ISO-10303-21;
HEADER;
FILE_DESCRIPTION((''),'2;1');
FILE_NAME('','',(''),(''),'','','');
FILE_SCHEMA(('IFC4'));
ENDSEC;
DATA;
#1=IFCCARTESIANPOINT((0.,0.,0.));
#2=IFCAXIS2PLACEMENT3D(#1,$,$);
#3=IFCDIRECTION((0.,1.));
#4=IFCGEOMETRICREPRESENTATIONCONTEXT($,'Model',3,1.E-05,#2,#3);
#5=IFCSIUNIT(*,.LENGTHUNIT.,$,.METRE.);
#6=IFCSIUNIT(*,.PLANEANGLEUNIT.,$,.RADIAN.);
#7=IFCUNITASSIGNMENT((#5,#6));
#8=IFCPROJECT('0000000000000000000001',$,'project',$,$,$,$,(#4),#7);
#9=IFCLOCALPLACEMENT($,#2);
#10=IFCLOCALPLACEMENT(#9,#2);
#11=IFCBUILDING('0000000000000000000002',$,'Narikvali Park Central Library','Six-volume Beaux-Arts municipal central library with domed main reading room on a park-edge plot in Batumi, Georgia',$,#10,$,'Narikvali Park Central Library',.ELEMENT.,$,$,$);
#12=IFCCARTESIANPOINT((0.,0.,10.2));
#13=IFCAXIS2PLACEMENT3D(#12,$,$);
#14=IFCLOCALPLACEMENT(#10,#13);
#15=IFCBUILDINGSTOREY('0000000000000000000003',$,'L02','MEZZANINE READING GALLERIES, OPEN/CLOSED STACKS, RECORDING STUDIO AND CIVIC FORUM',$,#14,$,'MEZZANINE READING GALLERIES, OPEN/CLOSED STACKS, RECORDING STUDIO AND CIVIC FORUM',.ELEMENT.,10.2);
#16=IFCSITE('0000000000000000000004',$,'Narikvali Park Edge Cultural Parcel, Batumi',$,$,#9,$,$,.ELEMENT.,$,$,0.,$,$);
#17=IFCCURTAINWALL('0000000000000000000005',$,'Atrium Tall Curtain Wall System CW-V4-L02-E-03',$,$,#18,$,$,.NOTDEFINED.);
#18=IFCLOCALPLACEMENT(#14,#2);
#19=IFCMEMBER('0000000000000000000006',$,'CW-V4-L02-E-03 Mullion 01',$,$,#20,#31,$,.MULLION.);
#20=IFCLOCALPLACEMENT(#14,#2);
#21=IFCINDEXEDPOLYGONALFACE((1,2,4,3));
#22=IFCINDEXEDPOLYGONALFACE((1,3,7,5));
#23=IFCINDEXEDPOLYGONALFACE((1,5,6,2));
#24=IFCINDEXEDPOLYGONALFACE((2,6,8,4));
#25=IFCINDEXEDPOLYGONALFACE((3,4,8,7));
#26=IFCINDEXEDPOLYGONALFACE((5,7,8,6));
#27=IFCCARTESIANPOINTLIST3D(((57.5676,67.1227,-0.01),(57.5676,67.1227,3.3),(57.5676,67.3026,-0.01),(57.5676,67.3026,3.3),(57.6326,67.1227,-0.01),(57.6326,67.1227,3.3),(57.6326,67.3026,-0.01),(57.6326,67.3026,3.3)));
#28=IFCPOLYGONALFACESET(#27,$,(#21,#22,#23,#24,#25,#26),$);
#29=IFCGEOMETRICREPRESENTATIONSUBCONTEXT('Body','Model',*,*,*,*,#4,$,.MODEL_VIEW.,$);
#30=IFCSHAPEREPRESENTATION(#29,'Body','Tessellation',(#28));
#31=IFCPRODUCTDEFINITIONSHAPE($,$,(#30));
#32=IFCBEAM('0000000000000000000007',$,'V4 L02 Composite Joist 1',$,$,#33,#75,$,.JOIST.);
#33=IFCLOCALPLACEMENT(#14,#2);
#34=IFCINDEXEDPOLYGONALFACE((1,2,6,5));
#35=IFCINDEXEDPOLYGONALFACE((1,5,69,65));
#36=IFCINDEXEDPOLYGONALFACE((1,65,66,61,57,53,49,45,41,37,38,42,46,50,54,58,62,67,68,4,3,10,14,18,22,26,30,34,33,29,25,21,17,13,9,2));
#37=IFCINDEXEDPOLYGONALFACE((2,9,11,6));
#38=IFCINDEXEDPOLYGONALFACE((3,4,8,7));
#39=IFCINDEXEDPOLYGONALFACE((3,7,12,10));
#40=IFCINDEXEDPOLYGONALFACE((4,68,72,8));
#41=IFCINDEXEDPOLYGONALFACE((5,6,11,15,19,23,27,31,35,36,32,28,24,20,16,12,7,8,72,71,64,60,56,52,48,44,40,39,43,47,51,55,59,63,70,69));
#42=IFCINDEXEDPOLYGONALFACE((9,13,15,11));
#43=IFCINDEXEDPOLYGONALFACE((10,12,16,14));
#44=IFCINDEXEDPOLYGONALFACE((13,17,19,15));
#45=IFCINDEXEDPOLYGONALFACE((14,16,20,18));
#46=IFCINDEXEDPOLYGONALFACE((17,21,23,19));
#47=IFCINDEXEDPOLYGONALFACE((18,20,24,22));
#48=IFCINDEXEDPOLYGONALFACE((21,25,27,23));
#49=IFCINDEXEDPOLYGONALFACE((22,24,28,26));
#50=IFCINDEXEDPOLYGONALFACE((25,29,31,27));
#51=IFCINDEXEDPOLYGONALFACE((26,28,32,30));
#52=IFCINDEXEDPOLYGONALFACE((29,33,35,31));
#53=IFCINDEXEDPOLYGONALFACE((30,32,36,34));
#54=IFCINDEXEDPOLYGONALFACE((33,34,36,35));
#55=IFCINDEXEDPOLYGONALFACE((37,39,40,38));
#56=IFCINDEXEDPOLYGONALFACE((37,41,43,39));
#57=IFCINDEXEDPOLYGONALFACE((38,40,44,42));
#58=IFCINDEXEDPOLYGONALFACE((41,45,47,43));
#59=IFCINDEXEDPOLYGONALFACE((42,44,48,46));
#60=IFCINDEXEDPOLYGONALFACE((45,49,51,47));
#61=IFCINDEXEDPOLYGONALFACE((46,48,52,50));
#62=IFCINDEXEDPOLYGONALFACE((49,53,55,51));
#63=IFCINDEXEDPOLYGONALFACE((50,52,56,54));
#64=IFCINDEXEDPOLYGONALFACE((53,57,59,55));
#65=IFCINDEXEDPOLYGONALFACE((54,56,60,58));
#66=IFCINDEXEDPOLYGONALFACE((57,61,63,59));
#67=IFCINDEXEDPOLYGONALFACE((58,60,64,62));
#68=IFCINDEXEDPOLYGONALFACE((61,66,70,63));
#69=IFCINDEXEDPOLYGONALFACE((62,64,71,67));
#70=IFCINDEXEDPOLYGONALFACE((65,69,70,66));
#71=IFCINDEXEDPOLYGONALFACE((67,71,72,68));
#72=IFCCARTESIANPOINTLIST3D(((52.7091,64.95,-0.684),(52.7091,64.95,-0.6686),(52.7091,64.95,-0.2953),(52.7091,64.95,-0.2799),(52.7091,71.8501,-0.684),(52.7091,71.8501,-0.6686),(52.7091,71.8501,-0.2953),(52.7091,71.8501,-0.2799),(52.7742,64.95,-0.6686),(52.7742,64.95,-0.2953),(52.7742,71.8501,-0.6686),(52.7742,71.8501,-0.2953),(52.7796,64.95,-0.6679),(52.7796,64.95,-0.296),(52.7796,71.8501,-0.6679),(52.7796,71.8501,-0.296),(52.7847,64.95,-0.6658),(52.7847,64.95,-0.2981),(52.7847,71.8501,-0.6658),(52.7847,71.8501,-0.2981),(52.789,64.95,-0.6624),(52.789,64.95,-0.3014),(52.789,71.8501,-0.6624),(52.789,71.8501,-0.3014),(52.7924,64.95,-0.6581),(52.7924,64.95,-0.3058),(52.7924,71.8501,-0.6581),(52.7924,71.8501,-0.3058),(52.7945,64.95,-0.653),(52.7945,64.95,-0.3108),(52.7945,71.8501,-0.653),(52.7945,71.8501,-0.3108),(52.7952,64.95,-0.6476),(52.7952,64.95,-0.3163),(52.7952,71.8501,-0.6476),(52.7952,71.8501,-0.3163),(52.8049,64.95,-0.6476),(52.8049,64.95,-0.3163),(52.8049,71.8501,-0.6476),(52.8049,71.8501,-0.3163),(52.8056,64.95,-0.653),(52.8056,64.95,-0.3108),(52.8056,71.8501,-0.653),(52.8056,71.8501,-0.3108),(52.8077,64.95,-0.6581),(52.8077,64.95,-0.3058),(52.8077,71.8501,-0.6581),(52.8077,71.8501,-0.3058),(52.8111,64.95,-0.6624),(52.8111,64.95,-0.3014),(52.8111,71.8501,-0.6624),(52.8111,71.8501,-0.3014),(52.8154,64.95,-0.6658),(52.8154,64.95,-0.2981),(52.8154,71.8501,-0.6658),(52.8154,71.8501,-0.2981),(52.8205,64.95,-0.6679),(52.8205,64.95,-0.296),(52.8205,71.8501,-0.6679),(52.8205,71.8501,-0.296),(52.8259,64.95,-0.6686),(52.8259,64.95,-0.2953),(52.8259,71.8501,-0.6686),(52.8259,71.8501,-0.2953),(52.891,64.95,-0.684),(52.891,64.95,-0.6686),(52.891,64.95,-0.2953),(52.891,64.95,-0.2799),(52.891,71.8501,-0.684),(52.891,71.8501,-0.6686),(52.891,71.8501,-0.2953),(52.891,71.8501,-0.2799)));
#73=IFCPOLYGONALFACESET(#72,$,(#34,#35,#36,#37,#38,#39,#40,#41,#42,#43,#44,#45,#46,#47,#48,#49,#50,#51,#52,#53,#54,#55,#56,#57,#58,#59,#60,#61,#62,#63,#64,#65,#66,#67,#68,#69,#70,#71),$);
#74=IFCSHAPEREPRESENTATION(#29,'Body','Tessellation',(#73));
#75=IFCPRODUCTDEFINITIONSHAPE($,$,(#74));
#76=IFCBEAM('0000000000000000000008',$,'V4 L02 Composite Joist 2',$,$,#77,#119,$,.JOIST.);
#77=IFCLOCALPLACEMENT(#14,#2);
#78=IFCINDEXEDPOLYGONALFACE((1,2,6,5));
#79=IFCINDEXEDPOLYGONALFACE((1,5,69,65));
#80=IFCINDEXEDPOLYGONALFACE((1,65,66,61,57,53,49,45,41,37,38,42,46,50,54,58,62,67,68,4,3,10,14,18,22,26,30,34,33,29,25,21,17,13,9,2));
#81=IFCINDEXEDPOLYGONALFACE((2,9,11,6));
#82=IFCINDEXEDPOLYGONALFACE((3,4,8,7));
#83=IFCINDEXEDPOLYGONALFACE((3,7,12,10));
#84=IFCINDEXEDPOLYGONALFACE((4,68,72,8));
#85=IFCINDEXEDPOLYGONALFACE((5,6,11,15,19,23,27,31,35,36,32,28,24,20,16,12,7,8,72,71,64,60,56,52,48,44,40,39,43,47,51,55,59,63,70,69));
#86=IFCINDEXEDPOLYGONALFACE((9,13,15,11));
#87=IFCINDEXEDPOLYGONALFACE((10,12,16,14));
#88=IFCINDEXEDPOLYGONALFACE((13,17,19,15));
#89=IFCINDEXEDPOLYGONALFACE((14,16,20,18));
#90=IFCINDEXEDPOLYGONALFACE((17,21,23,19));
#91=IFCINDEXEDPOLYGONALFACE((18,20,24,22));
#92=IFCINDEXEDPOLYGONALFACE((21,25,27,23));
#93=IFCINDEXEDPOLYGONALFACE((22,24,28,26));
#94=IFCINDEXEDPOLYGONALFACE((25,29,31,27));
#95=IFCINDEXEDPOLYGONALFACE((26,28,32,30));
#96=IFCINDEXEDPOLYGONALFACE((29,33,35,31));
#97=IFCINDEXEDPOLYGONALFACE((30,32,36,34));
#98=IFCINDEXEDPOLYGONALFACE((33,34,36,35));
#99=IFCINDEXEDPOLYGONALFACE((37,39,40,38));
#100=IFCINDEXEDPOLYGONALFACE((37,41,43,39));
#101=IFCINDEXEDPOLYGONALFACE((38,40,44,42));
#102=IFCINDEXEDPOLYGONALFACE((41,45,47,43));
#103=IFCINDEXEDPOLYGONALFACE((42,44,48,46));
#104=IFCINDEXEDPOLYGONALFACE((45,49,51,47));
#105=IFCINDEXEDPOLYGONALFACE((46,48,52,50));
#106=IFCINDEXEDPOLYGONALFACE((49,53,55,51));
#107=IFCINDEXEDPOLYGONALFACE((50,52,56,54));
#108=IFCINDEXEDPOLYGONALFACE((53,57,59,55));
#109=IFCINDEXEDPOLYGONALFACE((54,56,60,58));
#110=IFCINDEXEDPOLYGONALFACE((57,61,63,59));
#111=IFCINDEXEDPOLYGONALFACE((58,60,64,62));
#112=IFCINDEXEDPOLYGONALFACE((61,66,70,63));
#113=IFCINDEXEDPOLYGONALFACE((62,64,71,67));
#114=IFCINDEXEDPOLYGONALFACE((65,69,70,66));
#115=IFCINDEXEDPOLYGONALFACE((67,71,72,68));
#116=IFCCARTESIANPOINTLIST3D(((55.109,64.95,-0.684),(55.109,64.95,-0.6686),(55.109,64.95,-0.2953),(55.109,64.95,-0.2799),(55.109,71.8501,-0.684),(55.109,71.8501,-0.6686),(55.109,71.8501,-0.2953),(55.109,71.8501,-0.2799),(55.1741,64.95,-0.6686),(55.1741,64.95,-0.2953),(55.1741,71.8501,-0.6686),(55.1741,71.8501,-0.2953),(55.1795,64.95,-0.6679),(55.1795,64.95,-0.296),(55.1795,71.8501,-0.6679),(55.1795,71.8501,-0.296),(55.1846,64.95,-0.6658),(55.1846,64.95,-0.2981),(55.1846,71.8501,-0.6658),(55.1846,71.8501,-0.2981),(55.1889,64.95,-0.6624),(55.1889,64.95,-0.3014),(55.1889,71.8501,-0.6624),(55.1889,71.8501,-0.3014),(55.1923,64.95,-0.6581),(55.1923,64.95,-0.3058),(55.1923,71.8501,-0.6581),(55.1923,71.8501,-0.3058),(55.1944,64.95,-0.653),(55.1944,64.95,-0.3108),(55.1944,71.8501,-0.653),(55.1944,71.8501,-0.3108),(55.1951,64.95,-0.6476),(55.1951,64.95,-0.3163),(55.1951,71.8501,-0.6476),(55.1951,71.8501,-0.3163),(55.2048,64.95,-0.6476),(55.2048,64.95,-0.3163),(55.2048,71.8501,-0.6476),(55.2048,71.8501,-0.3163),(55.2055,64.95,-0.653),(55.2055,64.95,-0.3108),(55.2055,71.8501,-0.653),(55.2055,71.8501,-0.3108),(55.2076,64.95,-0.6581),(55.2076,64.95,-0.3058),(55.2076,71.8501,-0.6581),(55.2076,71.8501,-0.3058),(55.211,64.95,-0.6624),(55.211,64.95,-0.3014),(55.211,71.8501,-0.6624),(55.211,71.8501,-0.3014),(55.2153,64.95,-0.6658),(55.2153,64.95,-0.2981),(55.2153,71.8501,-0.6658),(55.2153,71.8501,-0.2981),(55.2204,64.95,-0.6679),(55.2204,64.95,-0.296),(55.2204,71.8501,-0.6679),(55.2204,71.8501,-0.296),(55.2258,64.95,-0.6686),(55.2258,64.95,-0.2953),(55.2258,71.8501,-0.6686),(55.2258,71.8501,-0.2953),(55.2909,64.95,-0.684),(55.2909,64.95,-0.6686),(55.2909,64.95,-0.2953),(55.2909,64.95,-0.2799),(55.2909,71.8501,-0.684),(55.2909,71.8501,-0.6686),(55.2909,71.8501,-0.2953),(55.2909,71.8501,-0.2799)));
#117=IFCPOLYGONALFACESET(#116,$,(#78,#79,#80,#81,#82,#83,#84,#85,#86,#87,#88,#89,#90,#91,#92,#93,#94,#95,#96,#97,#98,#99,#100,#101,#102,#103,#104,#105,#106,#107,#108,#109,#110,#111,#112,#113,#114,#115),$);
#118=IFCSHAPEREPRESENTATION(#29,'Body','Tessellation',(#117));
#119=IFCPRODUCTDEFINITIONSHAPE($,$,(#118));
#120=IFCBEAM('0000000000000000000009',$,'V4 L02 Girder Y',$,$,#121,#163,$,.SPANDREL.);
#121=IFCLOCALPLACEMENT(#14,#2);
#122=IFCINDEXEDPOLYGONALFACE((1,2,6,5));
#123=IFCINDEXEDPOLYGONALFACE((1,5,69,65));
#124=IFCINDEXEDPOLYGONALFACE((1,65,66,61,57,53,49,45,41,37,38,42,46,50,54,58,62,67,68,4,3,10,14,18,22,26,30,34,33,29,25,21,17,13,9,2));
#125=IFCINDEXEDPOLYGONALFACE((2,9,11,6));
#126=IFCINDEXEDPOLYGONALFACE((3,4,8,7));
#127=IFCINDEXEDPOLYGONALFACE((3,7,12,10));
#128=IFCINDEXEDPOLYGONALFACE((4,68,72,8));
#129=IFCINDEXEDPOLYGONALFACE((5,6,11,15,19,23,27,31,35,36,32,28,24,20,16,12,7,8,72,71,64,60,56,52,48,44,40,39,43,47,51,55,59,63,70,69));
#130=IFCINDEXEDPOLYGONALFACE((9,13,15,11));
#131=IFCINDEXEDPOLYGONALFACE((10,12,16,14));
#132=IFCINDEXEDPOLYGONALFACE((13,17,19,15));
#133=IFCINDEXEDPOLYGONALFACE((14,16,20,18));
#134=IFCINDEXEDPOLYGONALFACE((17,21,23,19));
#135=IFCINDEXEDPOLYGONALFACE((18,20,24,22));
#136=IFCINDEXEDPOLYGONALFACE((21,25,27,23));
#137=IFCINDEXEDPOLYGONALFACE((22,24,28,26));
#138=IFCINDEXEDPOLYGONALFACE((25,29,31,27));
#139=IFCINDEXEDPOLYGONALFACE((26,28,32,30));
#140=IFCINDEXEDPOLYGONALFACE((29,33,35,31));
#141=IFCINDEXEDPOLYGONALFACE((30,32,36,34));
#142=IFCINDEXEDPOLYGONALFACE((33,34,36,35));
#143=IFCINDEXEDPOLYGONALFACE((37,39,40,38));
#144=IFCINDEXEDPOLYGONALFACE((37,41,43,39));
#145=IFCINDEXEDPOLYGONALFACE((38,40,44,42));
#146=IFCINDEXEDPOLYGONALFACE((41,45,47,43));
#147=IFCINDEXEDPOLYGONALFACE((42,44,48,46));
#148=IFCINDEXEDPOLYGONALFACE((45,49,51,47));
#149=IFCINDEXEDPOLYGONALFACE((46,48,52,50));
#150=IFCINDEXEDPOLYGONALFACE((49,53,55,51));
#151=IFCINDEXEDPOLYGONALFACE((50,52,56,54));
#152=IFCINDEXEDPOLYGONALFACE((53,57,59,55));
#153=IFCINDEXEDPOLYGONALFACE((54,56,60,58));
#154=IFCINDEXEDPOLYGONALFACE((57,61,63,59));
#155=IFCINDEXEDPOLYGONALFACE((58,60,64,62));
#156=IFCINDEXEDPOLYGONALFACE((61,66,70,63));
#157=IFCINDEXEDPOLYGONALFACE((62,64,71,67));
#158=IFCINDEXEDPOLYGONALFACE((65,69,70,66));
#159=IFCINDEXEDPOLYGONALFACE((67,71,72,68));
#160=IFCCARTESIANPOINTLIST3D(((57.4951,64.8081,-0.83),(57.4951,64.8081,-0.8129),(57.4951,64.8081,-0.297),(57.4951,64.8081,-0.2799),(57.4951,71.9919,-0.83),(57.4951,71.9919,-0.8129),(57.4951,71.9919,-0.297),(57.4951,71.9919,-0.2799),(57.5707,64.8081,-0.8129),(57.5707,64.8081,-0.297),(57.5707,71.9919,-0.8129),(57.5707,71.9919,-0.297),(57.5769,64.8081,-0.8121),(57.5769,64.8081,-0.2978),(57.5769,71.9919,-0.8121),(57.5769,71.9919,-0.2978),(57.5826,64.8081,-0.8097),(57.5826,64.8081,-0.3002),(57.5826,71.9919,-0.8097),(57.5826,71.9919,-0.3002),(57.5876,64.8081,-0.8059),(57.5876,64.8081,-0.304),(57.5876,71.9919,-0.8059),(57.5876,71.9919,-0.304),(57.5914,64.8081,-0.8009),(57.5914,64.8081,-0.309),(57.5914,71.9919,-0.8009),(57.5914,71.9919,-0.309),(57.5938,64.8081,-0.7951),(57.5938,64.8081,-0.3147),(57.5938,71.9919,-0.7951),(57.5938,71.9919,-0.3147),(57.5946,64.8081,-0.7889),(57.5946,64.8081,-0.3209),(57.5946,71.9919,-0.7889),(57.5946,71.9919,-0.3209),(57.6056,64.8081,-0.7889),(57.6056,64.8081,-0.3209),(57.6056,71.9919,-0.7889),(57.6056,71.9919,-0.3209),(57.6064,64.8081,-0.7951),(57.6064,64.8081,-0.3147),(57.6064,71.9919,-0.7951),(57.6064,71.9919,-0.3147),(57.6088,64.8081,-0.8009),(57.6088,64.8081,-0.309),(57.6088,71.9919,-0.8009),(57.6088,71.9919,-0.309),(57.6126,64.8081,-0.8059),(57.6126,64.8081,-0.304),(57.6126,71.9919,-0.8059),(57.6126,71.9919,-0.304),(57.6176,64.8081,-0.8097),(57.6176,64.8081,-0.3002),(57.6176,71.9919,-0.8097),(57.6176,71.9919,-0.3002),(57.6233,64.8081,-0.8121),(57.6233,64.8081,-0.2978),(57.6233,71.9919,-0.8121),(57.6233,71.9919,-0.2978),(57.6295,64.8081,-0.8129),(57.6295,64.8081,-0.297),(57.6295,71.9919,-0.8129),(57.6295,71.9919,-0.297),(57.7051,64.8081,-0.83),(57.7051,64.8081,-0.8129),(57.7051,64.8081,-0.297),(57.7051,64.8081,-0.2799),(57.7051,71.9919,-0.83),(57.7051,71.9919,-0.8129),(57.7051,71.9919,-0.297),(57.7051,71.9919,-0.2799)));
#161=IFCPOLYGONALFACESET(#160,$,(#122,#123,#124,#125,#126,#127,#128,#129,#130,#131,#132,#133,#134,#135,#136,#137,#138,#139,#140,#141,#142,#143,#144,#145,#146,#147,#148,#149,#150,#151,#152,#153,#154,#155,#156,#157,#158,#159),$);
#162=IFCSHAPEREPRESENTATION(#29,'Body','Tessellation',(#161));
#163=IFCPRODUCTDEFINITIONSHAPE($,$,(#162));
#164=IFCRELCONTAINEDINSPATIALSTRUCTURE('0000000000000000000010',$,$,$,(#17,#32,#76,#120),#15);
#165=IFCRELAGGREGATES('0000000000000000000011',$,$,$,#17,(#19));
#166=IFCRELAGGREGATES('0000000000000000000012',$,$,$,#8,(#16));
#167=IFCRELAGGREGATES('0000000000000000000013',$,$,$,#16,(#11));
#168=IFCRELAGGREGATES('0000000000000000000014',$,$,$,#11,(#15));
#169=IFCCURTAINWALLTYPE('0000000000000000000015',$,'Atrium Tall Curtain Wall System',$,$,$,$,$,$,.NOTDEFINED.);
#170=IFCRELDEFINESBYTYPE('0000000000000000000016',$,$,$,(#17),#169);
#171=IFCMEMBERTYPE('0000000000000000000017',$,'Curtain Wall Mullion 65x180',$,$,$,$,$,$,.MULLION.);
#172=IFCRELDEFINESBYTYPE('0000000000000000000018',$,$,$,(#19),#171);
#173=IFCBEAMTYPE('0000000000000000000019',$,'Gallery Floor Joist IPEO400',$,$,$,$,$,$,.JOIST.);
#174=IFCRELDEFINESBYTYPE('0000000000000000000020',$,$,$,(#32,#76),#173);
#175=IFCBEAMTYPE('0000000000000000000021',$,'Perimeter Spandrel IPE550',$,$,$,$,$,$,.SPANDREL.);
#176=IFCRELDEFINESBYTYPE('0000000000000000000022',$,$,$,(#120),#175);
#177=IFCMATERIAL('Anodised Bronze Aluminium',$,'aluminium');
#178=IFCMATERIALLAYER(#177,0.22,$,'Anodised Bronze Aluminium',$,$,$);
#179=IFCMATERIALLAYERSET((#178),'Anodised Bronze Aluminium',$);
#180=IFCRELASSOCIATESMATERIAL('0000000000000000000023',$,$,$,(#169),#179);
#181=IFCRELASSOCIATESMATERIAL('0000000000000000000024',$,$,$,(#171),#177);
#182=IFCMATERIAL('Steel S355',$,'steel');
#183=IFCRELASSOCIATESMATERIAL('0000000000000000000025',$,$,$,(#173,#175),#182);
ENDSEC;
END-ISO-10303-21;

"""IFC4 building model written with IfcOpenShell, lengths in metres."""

from ifc_helpers import new_model, si_unit, direction, frame, origin, origin_2d, place, context, subcontext, project, spatial, rectangle, i_section, extrude, material, layer, layer_set, material_profile, profile_set, type_object, element, aggregate, save


model = new_model("IFC4")

# Units and contexts
model_context = context("Model", 3, precision=1e-05, world=origin(), true_north=direction((0.0, 1.0)))
body_context = subcontext(model_context, "Body", "Model", "MODEL_VIEW")
ifc_project = project(units=[si_unit("LENGTHUNIT", "METRE"), si_unit("PLANEANGLEUNIT", "RADIAN")], contexts=[model_context])

# Site, building, storey
site_placement = place(None, origin())
site = spatial("IfcSite", under=ifc_project, at=site_placement, Name="Narikvali Park Edge Cultural Parcel, Batumi", CompositionType="ELEMENT", RefElevation=0.0)
building_placement = place(site_placement, origin())
building = spatial("IfcBuilding", under=site, at=building_placement, Name="Narikvali Park Central Library", Description="Six-volume Beaux-Arts municipal central library with domed main reading room on a park-edge plot in Batumi, Georgia", LongName="Narikvali Park Central Library", CompositionType="ELEMENT")
storey_placement = place(building_placement, frame((0.0, 0.0, 10.2)))
storey = spatial("IfcBuildingStorey", under=building, at=storey_placement, Name="L02", Description="MEZZANINE READING GALLERIES, OPEN/CLOSED STACKS, RECORDING STUDIO AND CIVIC FORUM", LongName="MEZZANINE READING GALLERIES, OPEN/CLOSED STACKS, RECORDING STUDIO AND CIVIC FORUM", CompositionType="ELEMENT", Elevation=10.2)

# Shared definitions
ifc_material_1 = material(Name="Steel S355", Category="steel")

# Curtain wall
ifc_material_2 = material(Name="Anodised Bronze Aluminium", Category="aluminium")
ifc_layer_1 = layer(ifc_material_2, 0.22, Name="Anodised Bronze Aluminium")
ifc_layer_set_1 = layer_set([ifc_layer_1], Name="Anodised Bronze Aluminium")
curtain_wall_type = type_object("IfcCurtainWallType", Name="Atrium Tall Curtain Wall System", PredefinedType="NOTDEFINED", material=ifc_layer_set_1)
curtain_wall_1_placement = place(storey_placement, origin())
curtain_wall_1 = element("IfcCurtainWall", 1, at=curtain_wall_1_placement, inside=storey, type_object=curtain_wall_type, Name="Atrium Tall Curtain Wall System CW-V4-L02-E-03", PredefinedType="NOTDEFINED")

# Member
ifc_material_profile_1 = material_profile(ifc_material_2, rectangle(XDim=0.0649, YDim=0.1799, at=origin_2d()), Name="CW MULLION 65x180")
ifc_profile_set_1 = profile_set([ifc_material_profile_1], Name="Anodised Bronze Aluminium")
member_type_1 = type_object("IfcMemberType", Name="Curtain Wall Mullion 65x180", PredefinedType="MULLION", material=ifc_profile_set_1)
member_1_placement = place(storey_placement, frame((57.6001, 67.2126, -0.01), z_axis=(0.0, 0.0, 1.0), x_axis=(1.0, 0.0, 0.0)))
member_1 = element("IfcMember", 2, at=member_1_placement, type_object=member_type_1, Name="CW-V4-L02-E-03 Mullion 01", PredefinedType="MULLION", context=body_context, shape_type="SweptSolid", body=[
    extrude(rectangle(XDim=0.0649, YDim=0.1799, at=origin_2d()), origin(), (0.0, 0.0, 1.0), 3.3101),
])

# Beams
ifc_material_profile_2 = material_profile(ifc_material_1, i_section(OverallWidth=0.1819, OverallDepth=0.4041, WebThickness=0.0098, FlangeThickness=0.0154, FilletRadius=0.021, at=origin_2d()), Name="IPEO 400")
ifc_profile_set_2 = profile_set([ifc_material_profile_2], Name="Steel S355")
beam_type_1 = type_object("IfcBeamType", Name="Gallery Floor Joist IPEO400", PredefinedType="JOIST", material=ifc_profile_set_2)
for number, where, z_axis, x_axis, name in (
    (3, (52.8, 64.95, -0.4819), (0.0, 1.0, 0.0), (-1.0, 0.0, 0.0), "V4 L02 Composite Joist 1"),
    (4, (55.2, 64.95, -0.4819), (0.0, 1.0, 0.0), (-1.0, 0.0, 0.0), "V4 L02 Composite Joist 2"),
):
    element("IfcBeam", number, at=place(storey_placement, frame(where, z_axis=z_axis, x_axis=x_axis)), inside=storey, type_object=beam_type_1, Name=name, PredefinedType="JOIST", context=body_context, shape_type="SweptSolid", body=[
        extrude(i_section(OverallWidth=0.1819, OverallDepth=0.4041, WebThickness=0.0098, FlangeThickness=0.0154, FilletRadius=0.021, at=origin_2d()), origin(), (0.0, 0.0, 1.0), 6.9001),
    ])
ifc_material_profile_3 = material_profile(ifc_material_1, i_section(OverallWidth=0.21, OverallDepth=0.55, WebThickness=0.011, FlangeThickness=0.0171, FilletRadius=0.0239, at=origin_2d()), Name="IPE 550")
ifc_profile_set_3 = profile_set([ifc_material_profile_3], Name="Steel S355")
beam_type_2 = type_object("IfcBeamType", Name="Perimeter Spandrel IPE550", PredefinedType="SPANDREL", material=ifc_profile_set_3)
beam_1_placement = place(storey_placement, frame((57.6001, 64.8081, -0.5549), z_axis=(0.0, 1.0, 0.0), x_axis=(-1.0, 0.0, 0.0)))
element("IfcBeam", 5, at=beam_1_placement, inside=storey, type_object=beam_type_2, Name="V4 L02 Girder Y", PredefinedType="SPANDREL", context=body_context, shape_type="SweptSolid", body=[
    extrude(i_section(OverallWidth=0.21, OverallDepth=0.55, WebThickness=0.011, FlangeThickness=0.0171, FilletRadius=0.0239, at=origin_2d()), origin(), (0.0, 0.0, 1.0), 7.1838),
])

aggregate(curtain_wall_1, [member_1])

save(model, "model.ifc")
